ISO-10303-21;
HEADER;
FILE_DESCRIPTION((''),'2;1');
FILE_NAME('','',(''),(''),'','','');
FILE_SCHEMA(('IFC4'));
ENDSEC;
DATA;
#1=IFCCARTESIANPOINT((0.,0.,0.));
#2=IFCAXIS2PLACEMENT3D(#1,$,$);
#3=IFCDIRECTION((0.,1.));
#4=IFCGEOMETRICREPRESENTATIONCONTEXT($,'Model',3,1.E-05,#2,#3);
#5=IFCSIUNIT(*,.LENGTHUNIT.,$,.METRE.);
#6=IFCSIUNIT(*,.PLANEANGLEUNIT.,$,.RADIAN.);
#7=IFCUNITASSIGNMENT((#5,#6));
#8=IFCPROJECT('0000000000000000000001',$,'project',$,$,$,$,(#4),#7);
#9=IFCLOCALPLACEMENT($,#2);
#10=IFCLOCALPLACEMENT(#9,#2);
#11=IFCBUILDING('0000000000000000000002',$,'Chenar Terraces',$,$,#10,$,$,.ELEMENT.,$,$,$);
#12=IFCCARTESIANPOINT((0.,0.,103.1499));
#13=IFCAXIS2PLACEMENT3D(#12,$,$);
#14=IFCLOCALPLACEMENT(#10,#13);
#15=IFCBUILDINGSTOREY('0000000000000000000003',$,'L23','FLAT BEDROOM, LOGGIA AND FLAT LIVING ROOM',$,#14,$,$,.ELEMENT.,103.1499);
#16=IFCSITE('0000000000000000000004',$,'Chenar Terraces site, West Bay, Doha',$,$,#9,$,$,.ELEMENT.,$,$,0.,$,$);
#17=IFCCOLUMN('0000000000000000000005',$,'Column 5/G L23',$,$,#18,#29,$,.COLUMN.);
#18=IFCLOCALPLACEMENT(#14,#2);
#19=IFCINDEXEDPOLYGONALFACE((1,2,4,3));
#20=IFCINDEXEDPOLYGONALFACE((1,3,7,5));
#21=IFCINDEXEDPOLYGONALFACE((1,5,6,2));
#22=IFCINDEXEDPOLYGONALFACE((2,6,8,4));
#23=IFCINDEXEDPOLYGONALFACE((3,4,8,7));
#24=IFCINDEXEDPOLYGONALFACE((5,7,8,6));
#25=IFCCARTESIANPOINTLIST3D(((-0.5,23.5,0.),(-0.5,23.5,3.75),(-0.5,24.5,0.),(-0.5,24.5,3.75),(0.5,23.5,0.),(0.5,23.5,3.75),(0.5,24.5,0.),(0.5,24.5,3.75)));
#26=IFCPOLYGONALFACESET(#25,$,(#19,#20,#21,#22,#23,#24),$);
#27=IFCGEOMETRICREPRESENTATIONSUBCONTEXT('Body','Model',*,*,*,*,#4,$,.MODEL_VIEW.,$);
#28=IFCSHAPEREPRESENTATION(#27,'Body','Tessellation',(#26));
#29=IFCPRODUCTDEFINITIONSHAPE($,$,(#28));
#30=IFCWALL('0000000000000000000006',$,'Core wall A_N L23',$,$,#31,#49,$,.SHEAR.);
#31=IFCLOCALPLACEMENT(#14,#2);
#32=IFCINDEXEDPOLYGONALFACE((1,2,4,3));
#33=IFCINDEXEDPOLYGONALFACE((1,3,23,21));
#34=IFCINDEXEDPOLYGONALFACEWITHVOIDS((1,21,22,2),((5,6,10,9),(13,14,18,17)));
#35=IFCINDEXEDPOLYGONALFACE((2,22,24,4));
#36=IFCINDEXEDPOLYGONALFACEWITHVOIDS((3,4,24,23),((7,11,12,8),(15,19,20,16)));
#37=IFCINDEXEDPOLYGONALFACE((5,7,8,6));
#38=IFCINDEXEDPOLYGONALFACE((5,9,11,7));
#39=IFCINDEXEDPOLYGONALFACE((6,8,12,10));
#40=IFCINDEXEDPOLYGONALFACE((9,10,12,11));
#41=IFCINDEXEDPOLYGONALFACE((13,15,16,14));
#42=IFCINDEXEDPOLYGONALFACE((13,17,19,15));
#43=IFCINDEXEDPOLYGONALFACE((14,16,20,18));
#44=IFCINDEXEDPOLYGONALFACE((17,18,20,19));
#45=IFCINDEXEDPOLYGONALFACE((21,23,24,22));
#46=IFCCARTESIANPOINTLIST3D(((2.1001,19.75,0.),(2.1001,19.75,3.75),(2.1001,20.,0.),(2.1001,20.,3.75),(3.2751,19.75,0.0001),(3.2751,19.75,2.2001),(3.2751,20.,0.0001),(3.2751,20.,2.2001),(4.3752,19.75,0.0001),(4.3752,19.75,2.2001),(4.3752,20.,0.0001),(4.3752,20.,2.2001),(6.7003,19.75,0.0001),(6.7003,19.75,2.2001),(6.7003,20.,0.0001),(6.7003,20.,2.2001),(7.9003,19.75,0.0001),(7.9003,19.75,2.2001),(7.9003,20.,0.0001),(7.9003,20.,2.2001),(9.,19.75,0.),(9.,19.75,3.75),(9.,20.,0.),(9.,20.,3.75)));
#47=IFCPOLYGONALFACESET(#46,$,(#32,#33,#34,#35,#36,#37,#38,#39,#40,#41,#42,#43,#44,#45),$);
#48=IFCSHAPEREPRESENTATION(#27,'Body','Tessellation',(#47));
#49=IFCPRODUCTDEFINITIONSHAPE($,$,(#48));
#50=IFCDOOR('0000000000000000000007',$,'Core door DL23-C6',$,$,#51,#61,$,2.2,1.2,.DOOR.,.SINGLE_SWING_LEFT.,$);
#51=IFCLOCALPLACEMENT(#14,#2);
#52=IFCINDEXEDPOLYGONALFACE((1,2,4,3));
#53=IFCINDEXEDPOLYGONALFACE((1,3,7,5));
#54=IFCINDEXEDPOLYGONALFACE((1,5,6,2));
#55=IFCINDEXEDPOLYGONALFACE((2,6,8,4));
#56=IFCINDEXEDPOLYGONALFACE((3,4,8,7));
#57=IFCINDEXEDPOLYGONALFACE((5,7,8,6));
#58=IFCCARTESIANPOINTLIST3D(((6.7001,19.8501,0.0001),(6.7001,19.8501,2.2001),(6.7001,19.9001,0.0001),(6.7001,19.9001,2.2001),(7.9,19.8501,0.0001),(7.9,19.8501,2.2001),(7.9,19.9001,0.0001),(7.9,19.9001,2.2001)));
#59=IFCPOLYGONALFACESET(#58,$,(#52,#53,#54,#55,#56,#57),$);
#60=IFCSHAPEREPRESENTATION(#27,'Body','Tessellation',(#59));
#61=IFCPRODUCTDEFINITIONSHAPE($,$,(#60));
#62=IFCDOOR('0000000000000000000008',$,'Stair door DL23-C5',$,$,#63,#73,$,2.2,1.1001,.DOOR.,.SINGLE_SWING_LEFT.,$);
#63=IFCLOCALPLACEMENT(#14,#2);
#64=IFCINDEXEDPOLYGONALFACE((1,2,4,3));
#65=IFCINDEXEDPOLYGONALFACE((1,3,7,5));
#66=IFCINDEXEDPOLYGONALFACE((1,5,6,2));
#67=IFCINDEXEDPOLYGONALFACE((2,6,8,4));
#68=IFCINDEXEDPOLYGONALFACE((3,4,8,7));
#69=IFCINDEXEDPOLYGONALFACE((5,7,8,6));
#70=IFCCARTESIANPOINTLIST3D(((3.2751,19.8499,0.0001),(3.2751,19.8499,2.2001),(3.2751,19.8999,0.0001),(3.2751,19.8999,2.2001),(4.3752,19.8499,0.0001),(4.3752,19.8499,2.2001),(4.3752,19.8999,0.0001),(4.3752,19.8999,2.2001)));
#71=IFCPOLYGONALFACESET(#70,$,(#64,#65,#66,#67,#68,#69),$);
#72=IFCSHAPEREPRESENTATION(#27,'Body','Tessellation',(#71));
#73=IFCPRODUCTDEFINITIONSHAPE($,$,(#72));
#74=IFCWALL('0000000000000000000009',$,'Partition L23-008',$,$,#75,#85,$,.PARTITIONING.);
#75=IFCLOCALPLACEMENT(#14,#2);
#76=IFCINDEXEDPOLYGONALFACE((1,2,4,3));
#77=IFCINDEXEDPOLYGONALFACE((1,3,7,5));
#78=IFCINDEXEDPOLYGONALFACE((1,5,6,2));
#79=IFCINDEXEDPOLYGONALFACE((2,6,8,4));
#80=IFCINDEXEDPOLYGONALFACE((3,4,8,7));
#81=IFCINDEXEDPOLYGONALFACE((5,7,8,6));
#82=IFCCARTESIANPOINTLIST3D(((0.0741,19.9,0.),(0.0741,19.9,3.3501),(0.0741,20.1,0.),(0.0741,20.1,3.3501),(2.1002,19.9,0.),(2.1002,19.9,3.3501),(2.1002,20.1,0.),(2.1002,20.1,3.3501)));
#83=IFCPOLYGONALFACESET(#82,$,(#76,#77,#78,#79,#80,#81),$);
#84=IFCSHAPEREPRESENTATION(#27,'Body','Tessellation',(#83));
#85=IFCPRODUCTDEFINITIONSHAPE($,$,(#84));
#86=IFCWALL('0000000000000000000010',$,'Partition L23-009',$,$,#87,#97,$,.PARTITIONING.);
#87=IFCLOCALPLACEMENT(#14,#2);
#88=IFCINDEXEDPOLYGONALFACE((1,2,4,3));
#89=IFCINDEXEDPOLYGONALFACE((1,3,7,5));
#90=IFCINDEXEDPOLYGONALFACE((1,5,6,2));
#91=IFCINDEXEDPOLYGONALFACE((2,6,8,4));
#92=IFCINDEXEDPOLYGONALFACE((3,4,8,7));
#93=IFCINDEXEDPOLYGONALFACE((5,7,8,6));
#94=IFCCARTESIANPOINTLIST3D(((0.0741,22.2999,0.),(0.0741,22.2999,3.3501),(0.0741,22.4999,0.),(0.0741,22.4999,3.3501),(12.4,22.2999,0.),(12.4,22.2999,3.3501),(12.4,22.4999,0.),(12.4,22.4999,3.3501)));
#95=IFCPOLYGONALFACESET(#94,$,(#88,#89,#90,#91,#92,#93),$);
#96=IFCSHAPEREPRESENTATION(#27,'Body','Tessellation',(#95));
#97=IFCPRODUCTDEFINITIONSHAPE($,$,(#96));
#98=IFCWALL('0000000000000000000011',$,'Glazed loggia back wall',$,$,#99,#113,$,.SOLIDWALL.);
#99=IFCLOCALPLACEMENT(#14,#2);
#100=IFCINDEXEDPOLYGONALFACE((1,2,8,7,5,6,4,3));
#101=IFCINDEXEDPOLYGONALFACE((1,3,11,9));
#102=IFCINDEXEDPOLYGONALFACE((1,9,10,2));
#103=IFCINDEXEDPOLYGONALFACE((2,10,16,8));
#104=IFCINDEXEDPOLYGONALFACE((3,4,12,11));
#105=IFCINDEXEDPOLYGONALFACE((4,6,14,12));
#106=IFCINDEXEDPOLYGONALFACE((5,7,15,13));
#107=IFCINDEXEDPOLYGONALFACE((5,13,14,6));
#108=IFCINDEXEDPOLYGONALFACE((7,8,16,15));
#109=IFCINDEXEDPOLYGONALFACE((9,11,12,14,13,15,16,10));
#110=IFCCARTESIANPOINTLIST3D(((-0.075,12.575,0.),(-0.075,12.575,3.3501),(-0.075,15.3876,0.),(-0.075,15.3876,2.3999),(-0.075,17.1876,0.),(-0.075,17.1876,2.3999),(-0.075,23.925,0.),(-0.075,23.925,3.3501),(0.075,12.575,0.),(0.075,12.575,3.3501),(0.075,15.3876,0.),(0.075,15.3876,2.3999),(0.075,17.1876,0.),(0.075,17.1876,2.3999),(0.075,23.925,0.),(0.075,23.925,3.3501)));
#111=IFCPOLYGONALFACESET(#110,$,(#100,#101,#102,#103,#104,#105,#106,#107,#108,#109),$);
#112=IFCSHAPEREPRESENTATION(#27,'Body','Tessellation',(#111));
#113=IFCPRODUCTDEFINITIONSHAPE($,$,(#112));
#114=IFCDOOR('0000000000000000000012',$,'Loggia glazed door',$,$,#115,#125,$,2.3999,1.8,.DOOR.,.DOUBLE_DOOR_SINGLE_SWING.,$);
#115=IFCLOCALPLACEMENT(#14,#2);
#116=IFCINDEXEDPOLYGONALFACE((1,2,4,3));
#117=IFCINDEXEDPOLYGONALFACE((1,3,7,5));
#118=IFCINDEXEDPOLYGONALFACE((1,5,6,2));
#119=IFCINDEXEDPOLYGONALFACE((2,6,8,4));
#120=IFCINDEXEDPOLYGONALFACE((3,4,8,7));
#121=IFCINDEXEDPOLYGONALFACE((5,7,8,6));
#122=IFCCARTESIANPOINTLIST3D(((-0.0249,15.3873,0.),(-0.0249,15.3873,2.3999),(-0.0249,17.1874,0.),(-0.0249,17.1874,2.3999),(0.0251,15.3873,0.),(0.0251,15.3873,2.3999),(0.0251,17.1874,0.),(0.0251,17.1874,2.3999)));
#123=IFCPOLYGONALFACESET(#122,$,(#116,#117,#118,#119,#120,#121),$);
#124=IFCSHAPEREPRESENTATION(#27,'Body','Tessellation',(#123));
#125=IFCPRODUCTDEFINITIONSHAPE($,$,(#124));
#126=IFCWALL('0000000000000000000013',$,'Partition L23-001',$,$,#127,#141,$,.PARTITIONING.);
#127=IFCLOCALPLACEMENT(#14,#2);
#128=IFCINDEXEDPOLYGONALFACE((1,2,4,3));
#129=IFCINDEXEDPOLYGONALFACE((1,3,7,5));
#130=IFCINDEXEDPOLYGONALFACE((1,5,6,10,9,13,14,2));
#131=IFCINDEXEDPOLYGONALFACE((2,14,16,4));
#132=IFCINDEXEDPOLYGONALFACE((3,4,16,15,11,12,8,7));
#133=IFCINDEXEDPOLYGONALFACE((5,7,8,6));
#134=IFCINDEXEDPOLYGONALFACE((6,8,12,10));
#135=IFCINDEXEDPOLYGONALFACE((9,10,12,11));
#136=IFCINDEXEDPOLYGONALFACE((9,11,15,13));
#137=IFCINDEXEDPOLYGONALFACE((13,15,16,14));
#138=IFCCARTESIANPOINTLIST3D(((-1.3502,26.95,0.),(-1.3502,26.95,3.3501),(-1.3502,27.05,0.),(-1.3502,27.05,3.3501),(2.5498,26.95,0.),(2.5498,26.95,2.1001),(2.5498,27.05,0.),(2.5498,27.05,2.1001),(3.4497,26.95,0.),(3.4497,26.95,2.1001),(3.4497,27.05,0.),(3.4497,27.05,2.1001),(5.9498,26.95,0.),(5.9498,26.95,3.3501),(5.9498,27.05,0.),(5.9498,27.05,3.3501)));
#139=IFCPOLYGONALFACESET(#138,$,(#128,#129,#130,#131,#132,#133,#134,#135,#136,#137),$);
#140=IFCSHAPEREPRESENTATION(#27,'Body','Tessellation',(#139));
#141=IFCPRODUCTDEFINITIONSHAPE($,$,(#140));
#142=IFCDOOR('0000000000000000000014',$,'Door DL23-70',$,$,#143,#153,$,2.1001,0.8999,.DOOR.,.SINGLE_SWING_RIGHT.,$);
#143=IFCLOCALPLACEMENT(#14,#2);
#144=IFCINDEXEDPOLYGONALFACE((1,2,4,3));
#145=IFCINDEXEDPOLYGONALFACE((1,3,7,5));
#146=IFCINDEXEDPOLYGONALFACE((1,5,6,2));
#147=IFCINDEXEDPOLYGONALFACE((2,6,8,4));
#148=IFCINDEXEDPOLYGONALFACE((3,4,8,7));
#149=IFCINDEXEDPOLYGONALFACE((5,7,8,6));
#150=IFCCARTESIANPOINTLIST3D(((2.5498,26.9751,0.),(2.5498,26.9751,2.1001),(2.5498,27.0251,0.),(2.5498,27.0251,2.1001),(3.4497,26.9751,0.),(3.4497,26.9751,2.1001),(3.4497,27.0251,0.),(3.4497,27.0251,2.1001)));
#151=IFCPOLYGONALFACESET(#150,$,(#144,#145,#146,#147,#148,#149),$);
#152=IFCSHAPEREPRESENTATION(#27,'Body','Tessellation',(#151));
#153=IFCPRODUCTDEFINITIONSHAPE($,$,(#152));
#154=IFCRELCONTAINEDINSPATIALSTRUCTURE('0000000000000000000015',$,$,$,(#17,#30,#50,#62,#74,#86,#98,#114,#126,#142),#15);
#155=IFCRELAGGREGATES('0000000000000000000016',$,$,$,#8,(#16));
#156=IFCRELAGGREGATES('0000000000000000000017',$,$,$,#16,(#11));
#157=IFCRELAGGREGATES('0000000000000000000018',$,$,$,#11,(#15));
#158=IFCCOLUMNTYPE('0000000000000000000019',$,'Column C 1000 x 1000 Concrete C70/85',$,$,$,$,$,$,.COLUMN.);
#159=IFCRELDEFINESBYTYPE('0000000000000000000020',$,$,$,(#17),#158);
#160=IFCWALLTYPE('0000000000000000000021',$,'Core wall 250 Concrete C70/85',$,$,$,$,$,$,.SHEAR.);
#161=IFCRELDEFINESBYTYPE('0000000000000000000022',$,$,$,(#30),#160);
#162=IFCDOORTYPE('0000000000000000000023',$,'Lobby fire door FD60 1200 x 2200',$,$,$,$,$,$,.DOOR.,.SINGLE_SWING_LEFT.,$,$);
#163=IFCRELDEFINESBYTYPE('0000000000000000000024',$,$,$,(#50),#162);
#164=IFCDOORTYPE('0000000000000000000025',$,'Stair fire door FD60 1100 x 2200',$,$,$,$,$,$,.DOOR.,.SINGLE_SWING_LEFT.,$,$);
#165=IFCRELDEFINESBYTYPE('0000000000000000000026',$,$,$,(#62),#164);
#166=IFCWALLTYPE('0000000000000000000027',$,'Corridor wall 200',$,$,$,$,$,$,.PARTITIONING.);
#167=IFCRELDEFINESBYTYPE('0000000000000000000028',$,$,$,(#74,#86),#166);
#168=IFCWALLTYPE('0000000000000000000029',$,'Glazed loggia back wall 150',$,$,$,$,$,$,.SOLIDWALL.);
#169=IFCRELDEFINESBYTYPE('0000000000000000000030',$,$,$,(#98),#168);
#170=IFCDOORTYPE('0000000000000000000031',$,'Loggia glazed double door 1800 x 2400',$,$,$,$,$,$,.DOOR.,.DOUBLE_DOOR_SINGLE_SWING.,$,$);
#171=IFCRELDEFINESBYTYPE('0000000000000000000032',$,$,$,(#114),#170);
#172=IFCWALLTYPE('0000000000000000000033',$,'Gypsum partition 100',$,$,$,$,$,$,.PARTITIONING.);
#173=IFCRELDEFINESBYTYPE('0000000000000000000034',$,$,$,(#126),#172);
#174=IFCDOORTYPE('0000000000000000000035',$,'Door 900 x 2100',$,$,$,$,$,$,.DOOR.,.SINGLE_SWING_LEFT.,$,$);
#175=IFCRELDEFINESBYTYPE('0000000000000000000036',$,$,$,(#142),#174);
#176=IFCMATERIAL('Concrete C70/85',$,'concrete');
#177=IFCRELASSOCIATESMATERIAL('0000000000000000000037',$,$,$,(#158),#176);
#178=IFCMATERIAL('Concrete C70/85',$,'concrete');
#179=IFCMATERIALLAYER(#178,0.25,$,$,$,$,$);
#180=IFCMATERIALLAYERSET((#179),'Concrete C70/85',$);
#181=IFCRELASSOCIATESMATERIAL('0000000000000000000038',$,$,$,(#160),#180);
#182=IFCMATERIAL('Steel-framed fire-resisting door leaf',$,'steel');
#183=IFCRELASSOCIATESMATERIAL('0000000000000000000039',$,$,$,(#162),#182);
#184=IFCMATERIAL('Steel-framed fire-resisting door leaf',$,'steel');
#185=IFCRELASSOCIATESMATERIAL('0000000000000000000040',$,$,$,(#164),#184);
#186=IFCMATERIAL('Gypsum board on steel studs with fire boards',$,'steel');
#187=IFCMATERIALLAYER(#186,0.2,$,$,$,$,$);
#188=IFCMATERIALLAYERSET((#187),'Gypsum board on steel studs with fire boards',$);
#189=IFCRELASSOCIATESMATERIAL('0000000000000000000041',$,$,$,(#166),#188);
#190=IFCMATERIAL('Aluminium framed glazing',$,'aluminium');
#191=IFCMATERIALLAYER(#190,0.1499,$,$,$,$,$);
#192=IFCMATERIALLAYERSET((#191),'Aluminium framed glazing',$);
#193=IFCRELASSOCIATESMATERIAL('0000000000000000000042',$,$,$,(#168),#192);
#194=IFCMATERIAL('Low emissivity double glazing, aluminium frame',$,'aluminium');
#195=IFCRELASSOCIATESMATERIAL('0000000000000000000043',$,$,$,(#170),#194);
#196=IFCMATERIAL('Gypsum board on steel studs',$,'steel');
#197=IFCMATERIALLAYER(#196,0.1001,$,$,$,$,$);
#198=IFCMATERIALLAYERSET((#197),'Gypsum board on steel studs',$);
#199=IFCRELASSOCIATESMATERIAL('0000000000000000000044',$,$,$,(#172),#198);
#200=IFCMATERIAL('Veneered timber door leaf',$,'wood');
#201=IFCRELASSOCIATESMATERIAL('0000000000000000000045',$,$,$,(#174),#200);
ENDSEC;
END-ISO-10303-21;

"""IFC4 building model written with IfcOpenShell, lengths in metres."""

from ifc_helpers import new_model, si_unit, direction, frame, frame_2d, origin, origin_2d, place, context, subcontext, project, spatial, rectangle, extrude, material, layer, layer_set, material_profile, profile_set, type_object, element, fill, save


model = new_model("IFC4")

# Units and contexts
model_context = context("Model", 3, precision=1e-05, world=origin(), true_north=direction((0.0, 1.0)))
body_context = subcontext(model_context, "Body", "Model", "MODEL_VIEW")
ifc_project = project(units=[si_unit("LENGTHUNIT", "METRE"), si_unit("PLANEANGLEUNIT", "RADIAN")], contexts=[model_context])

# Site, building, storey
site_placement = place(None, origin())
site = spatial("IfcSite", under=ifc_project, at=site_placement, Name="Chenar Terraces site, West Bay, Doha", CompositionType="ELEMENT", RefElevation=0.0)
building_placement = place(site_placement, origin())
building = spatial("IfcBuilding", under=site, at=building_placement, Name="Chenar Terraces", CompositionType="ELEMENT")
storey_placement = place(building_placement, frame((0.0, 0.0, 103.1499)))
storey = spatial("IfcBuildingStorey", under=building, at=storey_placement, Name="L23", Description="FLAT BEDROOM, LOGGIA AND FLAT LIVING ROOM", CompositionType="ELEMENT", Elevation=103.1499)

# Column
ifc_material_1 = material(Name="Concrete C70/85", Category="concrete")
ifc_material_profile = material_profile(ifc_material_1, rectangle(XDim=1.0, YDim=1.0, at=origin_2d()), Name="C 1000 x 1000")
ifc_profile_set = profile_set([ifc_material_profile], Name="Concrete C70/85")
column_type = type_object("IfcColumnType", Name="Column C 1000 x 1000 Concrete C70/85", PredefinedType="COLUMN", material=ifc_profile_set)
column_placement = place(storey_placement, frame((0.0, 24.0, 0.0), z_axis=(0.0, 0.0, 1.0), x_axis=(1.0, 0.0, 0.0)))
element("IfcColumn", 1, at=column_placement, inside=storey, type_object=column_type, Name="Column 5/G L23", PredefinedType="COLUMN", context=body_context, shape_type="SweptSolid", body=[
    extrude(rectangle(XDim=1.0, YDim=1.0, at=origin_2d()), origin(), (0.0, 0.0, 1.0), 3.75),
])

# Wall, openings, doors
ifc_material_2 = material(Name="Concrete C70/85", Category="concrete")
ifc_layer_1 = layer(ifc_material_2, 0.25)
ifc_layer_set_1 = layer_set([ifc_layer_1], Name="Concrete C70/85")
wall_type_1 = type_object("IfcWallType", Name="Core wall 250 Concrete C70/85", PredefinedType="SHEAR", material=ifc_layer_set_1)
wall_1_placement = place(storey_placement, frame((2.1001, 19.875, 0.0), z_axis=(0.0, 0.0, 1.0), x_axis=(1.0, 0.0, 0.0)))
wall_1 = element("IfcWall", 2, at=wall_1_placement, inside=storey, type_object=wall_type_1, Name="Core wall A_N L23", PredefinedType="SHEAR", context=body_context, shape_type="SweptSolid", body=[
    extrude(rectangle(XDim=6.8999, YDim=0.25, at=frame_2d((3.45, 0.0))), origin(), (0.0, 0.0, 1.0), 3.75),
])
opening_1_placement = place(wall_1_placement, frame((1.175, 0.0, 0.0)))
opening_1 = element("IfcOpeningElement", 3, at=opening_1_placement, cuts=wall_1, PredefinedType="OPENING", context=body_context, shape_type="SweptSolid", body=[
    extrude(rectangle(XDim=1.1001, YDim=2.2, at=frame_2d((0.55, 1.1001))), frame((0.0, 0.135, 0.0), z_axis=(0.0, -1.0, 0.0), x_axis=(1.0, 0.0, 0.0)), (0.0, 0.0, 1.0), 0.27),
])
opening_2_placement = place(wall_1_placement, frame((4.6001, 0.0, 0.0)))
opening_2 = element("IfcOpeningElement", 4, at=opening_2_placement, cuts=wall_1, PredefinedType="OPENING", context=body_context, shape_type="SweptSolid", body=[
    extrude(rectangle(XDim=1.2, YDim=2.2, at=frame_2d((0.6001, 1.1001))), frame((0.0, 0.135, 0.0), z_axis=(0.0, -1.0, 0.0), x_axis=(1.0, 0.0, 0.0)), (0.0, 0.0, 1.0), 0.27),
])
ifc_material_3 = material(Name="Steel-framed fire-resisting door leaf", Category="steel")
door_type_1 = type_object("IfcDoorType", Name="Lobby fire door FD60 1200 x 2200", OperationType="SINGLE_SWING_LEFT", PredefinedType="DOOR", material=ifc_material_3)
door_1_placement = place(opening_2_placement, frame((1.2, 0.0, 0.0), z_axis=(0.0, 0.0, 1.0), x_axis=(-1.0, 0.0, 0.0)))
door_1 = element("IfcDoor", 5, at=door_1_placement, inside=storey, type_object=door_type_1, Name="Core door DL23-C6", OperationType="SINGLE_SWING_LEFT", OverallHeight=2.2, OverallWidth=1.2, PredefinedType="DOOR", context=body_context, shape_type="SweptSolid", body=[
    extrude(rectangle(XDim=1.2, YDim=2.2, at=frame_2d((0.6001, 1.1001))), frame((0.0, 0.0249, 0.0), z_axis=(0.0, -1.0, 0.0), x_axis=(1.0, 0.0, 0.0)), (0.0, 0.0, 1.0), 0.05),
])
fill(opening_2, door_1)
ifc_material_4 = material(Name="Steel-framed fire-resisting door leaf", Category="steel")
door_type_2 = type_object("IfcDoorType", Name="Stair fire door FD60 1100 x 2200", OperationType="SINGLE_SWING_LEFT", PredefinedType="DOOR", material=ifc_material_4)
door_2_placement = place(opening_1_placement, origin())
door_2 = element("IfcDoor", 6, at=door_2_placement, inside=storey, type_object=door_type_2, Name="Stair door DL23-C5", OperationType="SINGLE_SWING_LEFT", OverallHeight=2.2, OverallWidth=1.1001, PredefinedType="DOOR", context=body_context, shape_type="SweptSolid", body=[
    extrude(rectangle(XDim=1.1001, YDim=2.2, at=frame_2d((0.55, 1.1001))), frame((0.0, 0.0249, 0.0), z_axis=(0.0, -1.0, 0.0), x_axis=(1.0, 0.0, 0.0)), (0.0, 0.0, 1.0), 0.05),
])
fill(opening_1, door_2)

# Walls
ifc_material_5 = material(Name="Gypsum board on steel studs with fire boards", Category="steel")
ifc_layer_2 = layer(ifc_material_5, 0.2)
ifc_layer_set_2 = layer_set([ifc_layer_2], Name="Gypsum board on steel studs with fire boards")
wall_type_2 = type_object("IfcWallType", Name="Corridor wall 200", PredefinedType="PARTITIONING", material=ifc_layer_set_2)
wall_2_placement = place(storey_placement, frame((0.074, 20.0, 0.0), z_axis=(0.0, 0.0, 1.0), x_axis=(1.0, 0.0, 0.0)))
element("IfcWall", 7, at=wall_2_placement, inside=storey, type_object=wall_type_2, Name="Partition L23-008", PredefinedType="PARTITIONING", context=body_context, shape_type="SweptSolid", body=[
    extrude(rectangle(XDim=2.0261, YDim=0.2, at=frame_2d((1.0132, 0.0))), origin(), (0.0, 0.0, 1.0), 3.3501),
])
wall_3_placement = place(storey_placement, frame((0.074, 22.3999, 0.0), z_axis=(0.0, 0.0, 1.0), x_axis=(1.0, 0.0, 0.0)))
element("IfcWall", 8, at=wall_3_placement, inside=storey, type_object=wall_type_2, Name="Partition L23-009", PredefinedType="PARTITIONING", context=body_context, shape_type="SweptSolid", body=[
    extrude(rectangle(XDim=12.3259, YDim=0.2, at=frame_2d((6.1631, 0.0))), origin(), (0.0, 0.0, 1.0), 3.3501),
])

# Walls, openings, doors
ifc_material_6 = material(Name="Aluminium framed glazing", Category="aluminium")
ifc_layer_3 = layer(ifc_material_6, 0.1499)
ifc_layer_set_3 = layer_set([ifc_layer_3], Name="Aluminium framed glazing")
wall_type_3 = type_object("IfcWallType", Name="Glazed loggia back wall 150", PredefinedType="SOLIDWALL", material=ifc_layer_set_3)
wall_4_placement = place(storey_placement, frame((0.0, 23.925, 0.0), z_axis=(0.0, 0.0, 1.0), x_axis=(0.0, -1.0, 0.0)))
wall_4 = element("IfcWall", 9, at=wall_4_placement, inside=storey, type_object=wall_type_3, Name="Glazed loggia back wall", PredefinedType="SOLIDWALL", context=body_context, shape_type="SweptSolid", body=[
    extrude(rectangle(XDim=11.3501, YDim=0.1499, at=frame_2d((5.675, 0.0))), origin(), (0.0, 0.0, 1.0), 3.3501),
])
opening_3_placement = place(wall_4_placement, frame((6.7375, 0.0, 0.0)))
opening_3 = element("IfcOpeningElement", 10, at=opening_3_placement, cuts=wall_4, PredefinedType="OPENING", context=body_context, shape_type="SweptSolid", body=[
    extrude(rectangle(XDim=1.8, YDim=2.3999, at=frame_2d((0.8999, 1.2))), frame((0.0, 0.085, 0.0), z_axis=(0.0, -1.0, 0.0), x_axis=(1.0, 0.0, 0.0)), (0.0, 0.0, 1.0), 0.1699),
])
ifc_material_7 = material(Name="Low emissivity double glazing, aluminium frame", Category="aluminium")
door_type_3 = type_object("IfcDoorType", Name="Loggia glazed double door 1800 x 2400", OperationType="DOUBLE_DOOR_SINGLE_SWING", PredefinedType="DOOR", material=ifc_material_7)
door_3_placement = place(opening_3_placement, frame((1.8, 0.0, 0.0), z_axis=(0.0, 0.0, 1.0), x_axis=(-1.0, 0.0, 0.0)))
door_3 = element("IfcDoor", 11, at=door_3_placement, inside=storey, type_object=door_type_3, Name="Loggia glazed door", OperationType="DOUBLE_DOOR_SINGLE_SWING", OverallHeight=2.3999, OverallWidth=1.8, PredefinedType="DOOR", context=body_context, shape_type="SweptSolid", body=[
    extrude(rectangle(XDim=1.8, YDim=2.3999, at=frame_2d((0.8999, 1.2))), frame((0.0, 0.0249, 0.0), z_axis=(0.0, -1.0, 0.0), x_axis=(1.0, 0.0, 0.0)), (0.0, 0.0, 1.0), 0.05),
])
fill(opening_3, door_3)
ifc_material_8 = material(Name="Gypsum board on steel studs", Category="steel")
ifc_layer_4 = layer(ifc_material_8, 0.1001)
ifc_layer_set_4 = layer_set([ifc_layer_4], Name="Gypsum board on steel studs")
wall_type_4 = type_object("IfcWallType", Name="Gypsum partition 100", PredefinedType="PARTITIONING", material=ifc_layer_set_4)
wall_5_placement = place(storey_placement, frame((-1.3501, 27.0, 0.0), z_axis=(0.0, 0.0, 1.0), x_axis=(1.0, 0.0, 0.0)))
wall_5 = element("IfcWall", 12, at=wall_5_placement, inside=storey, type_object=wall_type_4, Name="Partition L23-001", PredefinedType="PARTITIONING", context=body_context, shape_type="SweptSolid", body=[
    extrude(rectangle(XDim=7.3, YDim=0.1001, at=frame_2d((3.6499, 0.0))), origin(), (0.0, 0.0, 1.0), 3.3501),
])
opening_4_placement = place(wall_5_placement, frame((3.8999, 0.0, 0.0)))
opening_4 = element("IfcOpeningElement", 13, at=opening_4_placement, cuts=wall_5, PredefinedType="OPENING", context=body_context, shape_type="SweptSolid", body=[
    extrude(rectangle(XDim=0.8999, YDim=2.1001, at=frame_2d((0.45, 1.05))), frame((0.0, 0.0601, 0.0), z_axis=(0.0, -1.0, 0.0), x_axis=(1.0, 0.0, 0.0)), (0.0, 0.0, 1.0), 0.1201),
])
ifc_material_9 = material(Name="Veneered timber door leaf", Category="wood")
door_type_4 = type_object("IfcDoorType", Name="Door 900 x 2100", OperationType="SINGLE_SWING_LEFT", PredefinedType="DOOR", material=ifc_material_9)
door_4_placement = place(opening_4_placement, frame((0.8999, 0.0, 0.0), z_axis=(0.0, 0.0, 1.0), x_axis=(-1.0, 0.0, 0.0)))
door_4 = element("IfcDoor", 14, at=door_4_placement, inside=storey, type_object=door_type_4, Name="Door DL23-70", OperationType="SINGLE_SWING_RIGHT", OverallHeight=2.1001, OverallWidth=0.8999, PredefinedType="DOOR", context=body_context, shape_type="SweptSolid", body=[
    extrude(rectangle(XDim=0.8999, YDim=2.1001, at=frame_2d((0.45, 1.05))), frame((0.0, 0.0249, 0.0), z_axis=(0.0, -1.0, 0.0), x_axis=(1.0, 0.0, 0.0)), (0.0, 0.0, 1.0), 0.05),
])
fill(opening_4, door_4)

save(model, "model.ifc")
